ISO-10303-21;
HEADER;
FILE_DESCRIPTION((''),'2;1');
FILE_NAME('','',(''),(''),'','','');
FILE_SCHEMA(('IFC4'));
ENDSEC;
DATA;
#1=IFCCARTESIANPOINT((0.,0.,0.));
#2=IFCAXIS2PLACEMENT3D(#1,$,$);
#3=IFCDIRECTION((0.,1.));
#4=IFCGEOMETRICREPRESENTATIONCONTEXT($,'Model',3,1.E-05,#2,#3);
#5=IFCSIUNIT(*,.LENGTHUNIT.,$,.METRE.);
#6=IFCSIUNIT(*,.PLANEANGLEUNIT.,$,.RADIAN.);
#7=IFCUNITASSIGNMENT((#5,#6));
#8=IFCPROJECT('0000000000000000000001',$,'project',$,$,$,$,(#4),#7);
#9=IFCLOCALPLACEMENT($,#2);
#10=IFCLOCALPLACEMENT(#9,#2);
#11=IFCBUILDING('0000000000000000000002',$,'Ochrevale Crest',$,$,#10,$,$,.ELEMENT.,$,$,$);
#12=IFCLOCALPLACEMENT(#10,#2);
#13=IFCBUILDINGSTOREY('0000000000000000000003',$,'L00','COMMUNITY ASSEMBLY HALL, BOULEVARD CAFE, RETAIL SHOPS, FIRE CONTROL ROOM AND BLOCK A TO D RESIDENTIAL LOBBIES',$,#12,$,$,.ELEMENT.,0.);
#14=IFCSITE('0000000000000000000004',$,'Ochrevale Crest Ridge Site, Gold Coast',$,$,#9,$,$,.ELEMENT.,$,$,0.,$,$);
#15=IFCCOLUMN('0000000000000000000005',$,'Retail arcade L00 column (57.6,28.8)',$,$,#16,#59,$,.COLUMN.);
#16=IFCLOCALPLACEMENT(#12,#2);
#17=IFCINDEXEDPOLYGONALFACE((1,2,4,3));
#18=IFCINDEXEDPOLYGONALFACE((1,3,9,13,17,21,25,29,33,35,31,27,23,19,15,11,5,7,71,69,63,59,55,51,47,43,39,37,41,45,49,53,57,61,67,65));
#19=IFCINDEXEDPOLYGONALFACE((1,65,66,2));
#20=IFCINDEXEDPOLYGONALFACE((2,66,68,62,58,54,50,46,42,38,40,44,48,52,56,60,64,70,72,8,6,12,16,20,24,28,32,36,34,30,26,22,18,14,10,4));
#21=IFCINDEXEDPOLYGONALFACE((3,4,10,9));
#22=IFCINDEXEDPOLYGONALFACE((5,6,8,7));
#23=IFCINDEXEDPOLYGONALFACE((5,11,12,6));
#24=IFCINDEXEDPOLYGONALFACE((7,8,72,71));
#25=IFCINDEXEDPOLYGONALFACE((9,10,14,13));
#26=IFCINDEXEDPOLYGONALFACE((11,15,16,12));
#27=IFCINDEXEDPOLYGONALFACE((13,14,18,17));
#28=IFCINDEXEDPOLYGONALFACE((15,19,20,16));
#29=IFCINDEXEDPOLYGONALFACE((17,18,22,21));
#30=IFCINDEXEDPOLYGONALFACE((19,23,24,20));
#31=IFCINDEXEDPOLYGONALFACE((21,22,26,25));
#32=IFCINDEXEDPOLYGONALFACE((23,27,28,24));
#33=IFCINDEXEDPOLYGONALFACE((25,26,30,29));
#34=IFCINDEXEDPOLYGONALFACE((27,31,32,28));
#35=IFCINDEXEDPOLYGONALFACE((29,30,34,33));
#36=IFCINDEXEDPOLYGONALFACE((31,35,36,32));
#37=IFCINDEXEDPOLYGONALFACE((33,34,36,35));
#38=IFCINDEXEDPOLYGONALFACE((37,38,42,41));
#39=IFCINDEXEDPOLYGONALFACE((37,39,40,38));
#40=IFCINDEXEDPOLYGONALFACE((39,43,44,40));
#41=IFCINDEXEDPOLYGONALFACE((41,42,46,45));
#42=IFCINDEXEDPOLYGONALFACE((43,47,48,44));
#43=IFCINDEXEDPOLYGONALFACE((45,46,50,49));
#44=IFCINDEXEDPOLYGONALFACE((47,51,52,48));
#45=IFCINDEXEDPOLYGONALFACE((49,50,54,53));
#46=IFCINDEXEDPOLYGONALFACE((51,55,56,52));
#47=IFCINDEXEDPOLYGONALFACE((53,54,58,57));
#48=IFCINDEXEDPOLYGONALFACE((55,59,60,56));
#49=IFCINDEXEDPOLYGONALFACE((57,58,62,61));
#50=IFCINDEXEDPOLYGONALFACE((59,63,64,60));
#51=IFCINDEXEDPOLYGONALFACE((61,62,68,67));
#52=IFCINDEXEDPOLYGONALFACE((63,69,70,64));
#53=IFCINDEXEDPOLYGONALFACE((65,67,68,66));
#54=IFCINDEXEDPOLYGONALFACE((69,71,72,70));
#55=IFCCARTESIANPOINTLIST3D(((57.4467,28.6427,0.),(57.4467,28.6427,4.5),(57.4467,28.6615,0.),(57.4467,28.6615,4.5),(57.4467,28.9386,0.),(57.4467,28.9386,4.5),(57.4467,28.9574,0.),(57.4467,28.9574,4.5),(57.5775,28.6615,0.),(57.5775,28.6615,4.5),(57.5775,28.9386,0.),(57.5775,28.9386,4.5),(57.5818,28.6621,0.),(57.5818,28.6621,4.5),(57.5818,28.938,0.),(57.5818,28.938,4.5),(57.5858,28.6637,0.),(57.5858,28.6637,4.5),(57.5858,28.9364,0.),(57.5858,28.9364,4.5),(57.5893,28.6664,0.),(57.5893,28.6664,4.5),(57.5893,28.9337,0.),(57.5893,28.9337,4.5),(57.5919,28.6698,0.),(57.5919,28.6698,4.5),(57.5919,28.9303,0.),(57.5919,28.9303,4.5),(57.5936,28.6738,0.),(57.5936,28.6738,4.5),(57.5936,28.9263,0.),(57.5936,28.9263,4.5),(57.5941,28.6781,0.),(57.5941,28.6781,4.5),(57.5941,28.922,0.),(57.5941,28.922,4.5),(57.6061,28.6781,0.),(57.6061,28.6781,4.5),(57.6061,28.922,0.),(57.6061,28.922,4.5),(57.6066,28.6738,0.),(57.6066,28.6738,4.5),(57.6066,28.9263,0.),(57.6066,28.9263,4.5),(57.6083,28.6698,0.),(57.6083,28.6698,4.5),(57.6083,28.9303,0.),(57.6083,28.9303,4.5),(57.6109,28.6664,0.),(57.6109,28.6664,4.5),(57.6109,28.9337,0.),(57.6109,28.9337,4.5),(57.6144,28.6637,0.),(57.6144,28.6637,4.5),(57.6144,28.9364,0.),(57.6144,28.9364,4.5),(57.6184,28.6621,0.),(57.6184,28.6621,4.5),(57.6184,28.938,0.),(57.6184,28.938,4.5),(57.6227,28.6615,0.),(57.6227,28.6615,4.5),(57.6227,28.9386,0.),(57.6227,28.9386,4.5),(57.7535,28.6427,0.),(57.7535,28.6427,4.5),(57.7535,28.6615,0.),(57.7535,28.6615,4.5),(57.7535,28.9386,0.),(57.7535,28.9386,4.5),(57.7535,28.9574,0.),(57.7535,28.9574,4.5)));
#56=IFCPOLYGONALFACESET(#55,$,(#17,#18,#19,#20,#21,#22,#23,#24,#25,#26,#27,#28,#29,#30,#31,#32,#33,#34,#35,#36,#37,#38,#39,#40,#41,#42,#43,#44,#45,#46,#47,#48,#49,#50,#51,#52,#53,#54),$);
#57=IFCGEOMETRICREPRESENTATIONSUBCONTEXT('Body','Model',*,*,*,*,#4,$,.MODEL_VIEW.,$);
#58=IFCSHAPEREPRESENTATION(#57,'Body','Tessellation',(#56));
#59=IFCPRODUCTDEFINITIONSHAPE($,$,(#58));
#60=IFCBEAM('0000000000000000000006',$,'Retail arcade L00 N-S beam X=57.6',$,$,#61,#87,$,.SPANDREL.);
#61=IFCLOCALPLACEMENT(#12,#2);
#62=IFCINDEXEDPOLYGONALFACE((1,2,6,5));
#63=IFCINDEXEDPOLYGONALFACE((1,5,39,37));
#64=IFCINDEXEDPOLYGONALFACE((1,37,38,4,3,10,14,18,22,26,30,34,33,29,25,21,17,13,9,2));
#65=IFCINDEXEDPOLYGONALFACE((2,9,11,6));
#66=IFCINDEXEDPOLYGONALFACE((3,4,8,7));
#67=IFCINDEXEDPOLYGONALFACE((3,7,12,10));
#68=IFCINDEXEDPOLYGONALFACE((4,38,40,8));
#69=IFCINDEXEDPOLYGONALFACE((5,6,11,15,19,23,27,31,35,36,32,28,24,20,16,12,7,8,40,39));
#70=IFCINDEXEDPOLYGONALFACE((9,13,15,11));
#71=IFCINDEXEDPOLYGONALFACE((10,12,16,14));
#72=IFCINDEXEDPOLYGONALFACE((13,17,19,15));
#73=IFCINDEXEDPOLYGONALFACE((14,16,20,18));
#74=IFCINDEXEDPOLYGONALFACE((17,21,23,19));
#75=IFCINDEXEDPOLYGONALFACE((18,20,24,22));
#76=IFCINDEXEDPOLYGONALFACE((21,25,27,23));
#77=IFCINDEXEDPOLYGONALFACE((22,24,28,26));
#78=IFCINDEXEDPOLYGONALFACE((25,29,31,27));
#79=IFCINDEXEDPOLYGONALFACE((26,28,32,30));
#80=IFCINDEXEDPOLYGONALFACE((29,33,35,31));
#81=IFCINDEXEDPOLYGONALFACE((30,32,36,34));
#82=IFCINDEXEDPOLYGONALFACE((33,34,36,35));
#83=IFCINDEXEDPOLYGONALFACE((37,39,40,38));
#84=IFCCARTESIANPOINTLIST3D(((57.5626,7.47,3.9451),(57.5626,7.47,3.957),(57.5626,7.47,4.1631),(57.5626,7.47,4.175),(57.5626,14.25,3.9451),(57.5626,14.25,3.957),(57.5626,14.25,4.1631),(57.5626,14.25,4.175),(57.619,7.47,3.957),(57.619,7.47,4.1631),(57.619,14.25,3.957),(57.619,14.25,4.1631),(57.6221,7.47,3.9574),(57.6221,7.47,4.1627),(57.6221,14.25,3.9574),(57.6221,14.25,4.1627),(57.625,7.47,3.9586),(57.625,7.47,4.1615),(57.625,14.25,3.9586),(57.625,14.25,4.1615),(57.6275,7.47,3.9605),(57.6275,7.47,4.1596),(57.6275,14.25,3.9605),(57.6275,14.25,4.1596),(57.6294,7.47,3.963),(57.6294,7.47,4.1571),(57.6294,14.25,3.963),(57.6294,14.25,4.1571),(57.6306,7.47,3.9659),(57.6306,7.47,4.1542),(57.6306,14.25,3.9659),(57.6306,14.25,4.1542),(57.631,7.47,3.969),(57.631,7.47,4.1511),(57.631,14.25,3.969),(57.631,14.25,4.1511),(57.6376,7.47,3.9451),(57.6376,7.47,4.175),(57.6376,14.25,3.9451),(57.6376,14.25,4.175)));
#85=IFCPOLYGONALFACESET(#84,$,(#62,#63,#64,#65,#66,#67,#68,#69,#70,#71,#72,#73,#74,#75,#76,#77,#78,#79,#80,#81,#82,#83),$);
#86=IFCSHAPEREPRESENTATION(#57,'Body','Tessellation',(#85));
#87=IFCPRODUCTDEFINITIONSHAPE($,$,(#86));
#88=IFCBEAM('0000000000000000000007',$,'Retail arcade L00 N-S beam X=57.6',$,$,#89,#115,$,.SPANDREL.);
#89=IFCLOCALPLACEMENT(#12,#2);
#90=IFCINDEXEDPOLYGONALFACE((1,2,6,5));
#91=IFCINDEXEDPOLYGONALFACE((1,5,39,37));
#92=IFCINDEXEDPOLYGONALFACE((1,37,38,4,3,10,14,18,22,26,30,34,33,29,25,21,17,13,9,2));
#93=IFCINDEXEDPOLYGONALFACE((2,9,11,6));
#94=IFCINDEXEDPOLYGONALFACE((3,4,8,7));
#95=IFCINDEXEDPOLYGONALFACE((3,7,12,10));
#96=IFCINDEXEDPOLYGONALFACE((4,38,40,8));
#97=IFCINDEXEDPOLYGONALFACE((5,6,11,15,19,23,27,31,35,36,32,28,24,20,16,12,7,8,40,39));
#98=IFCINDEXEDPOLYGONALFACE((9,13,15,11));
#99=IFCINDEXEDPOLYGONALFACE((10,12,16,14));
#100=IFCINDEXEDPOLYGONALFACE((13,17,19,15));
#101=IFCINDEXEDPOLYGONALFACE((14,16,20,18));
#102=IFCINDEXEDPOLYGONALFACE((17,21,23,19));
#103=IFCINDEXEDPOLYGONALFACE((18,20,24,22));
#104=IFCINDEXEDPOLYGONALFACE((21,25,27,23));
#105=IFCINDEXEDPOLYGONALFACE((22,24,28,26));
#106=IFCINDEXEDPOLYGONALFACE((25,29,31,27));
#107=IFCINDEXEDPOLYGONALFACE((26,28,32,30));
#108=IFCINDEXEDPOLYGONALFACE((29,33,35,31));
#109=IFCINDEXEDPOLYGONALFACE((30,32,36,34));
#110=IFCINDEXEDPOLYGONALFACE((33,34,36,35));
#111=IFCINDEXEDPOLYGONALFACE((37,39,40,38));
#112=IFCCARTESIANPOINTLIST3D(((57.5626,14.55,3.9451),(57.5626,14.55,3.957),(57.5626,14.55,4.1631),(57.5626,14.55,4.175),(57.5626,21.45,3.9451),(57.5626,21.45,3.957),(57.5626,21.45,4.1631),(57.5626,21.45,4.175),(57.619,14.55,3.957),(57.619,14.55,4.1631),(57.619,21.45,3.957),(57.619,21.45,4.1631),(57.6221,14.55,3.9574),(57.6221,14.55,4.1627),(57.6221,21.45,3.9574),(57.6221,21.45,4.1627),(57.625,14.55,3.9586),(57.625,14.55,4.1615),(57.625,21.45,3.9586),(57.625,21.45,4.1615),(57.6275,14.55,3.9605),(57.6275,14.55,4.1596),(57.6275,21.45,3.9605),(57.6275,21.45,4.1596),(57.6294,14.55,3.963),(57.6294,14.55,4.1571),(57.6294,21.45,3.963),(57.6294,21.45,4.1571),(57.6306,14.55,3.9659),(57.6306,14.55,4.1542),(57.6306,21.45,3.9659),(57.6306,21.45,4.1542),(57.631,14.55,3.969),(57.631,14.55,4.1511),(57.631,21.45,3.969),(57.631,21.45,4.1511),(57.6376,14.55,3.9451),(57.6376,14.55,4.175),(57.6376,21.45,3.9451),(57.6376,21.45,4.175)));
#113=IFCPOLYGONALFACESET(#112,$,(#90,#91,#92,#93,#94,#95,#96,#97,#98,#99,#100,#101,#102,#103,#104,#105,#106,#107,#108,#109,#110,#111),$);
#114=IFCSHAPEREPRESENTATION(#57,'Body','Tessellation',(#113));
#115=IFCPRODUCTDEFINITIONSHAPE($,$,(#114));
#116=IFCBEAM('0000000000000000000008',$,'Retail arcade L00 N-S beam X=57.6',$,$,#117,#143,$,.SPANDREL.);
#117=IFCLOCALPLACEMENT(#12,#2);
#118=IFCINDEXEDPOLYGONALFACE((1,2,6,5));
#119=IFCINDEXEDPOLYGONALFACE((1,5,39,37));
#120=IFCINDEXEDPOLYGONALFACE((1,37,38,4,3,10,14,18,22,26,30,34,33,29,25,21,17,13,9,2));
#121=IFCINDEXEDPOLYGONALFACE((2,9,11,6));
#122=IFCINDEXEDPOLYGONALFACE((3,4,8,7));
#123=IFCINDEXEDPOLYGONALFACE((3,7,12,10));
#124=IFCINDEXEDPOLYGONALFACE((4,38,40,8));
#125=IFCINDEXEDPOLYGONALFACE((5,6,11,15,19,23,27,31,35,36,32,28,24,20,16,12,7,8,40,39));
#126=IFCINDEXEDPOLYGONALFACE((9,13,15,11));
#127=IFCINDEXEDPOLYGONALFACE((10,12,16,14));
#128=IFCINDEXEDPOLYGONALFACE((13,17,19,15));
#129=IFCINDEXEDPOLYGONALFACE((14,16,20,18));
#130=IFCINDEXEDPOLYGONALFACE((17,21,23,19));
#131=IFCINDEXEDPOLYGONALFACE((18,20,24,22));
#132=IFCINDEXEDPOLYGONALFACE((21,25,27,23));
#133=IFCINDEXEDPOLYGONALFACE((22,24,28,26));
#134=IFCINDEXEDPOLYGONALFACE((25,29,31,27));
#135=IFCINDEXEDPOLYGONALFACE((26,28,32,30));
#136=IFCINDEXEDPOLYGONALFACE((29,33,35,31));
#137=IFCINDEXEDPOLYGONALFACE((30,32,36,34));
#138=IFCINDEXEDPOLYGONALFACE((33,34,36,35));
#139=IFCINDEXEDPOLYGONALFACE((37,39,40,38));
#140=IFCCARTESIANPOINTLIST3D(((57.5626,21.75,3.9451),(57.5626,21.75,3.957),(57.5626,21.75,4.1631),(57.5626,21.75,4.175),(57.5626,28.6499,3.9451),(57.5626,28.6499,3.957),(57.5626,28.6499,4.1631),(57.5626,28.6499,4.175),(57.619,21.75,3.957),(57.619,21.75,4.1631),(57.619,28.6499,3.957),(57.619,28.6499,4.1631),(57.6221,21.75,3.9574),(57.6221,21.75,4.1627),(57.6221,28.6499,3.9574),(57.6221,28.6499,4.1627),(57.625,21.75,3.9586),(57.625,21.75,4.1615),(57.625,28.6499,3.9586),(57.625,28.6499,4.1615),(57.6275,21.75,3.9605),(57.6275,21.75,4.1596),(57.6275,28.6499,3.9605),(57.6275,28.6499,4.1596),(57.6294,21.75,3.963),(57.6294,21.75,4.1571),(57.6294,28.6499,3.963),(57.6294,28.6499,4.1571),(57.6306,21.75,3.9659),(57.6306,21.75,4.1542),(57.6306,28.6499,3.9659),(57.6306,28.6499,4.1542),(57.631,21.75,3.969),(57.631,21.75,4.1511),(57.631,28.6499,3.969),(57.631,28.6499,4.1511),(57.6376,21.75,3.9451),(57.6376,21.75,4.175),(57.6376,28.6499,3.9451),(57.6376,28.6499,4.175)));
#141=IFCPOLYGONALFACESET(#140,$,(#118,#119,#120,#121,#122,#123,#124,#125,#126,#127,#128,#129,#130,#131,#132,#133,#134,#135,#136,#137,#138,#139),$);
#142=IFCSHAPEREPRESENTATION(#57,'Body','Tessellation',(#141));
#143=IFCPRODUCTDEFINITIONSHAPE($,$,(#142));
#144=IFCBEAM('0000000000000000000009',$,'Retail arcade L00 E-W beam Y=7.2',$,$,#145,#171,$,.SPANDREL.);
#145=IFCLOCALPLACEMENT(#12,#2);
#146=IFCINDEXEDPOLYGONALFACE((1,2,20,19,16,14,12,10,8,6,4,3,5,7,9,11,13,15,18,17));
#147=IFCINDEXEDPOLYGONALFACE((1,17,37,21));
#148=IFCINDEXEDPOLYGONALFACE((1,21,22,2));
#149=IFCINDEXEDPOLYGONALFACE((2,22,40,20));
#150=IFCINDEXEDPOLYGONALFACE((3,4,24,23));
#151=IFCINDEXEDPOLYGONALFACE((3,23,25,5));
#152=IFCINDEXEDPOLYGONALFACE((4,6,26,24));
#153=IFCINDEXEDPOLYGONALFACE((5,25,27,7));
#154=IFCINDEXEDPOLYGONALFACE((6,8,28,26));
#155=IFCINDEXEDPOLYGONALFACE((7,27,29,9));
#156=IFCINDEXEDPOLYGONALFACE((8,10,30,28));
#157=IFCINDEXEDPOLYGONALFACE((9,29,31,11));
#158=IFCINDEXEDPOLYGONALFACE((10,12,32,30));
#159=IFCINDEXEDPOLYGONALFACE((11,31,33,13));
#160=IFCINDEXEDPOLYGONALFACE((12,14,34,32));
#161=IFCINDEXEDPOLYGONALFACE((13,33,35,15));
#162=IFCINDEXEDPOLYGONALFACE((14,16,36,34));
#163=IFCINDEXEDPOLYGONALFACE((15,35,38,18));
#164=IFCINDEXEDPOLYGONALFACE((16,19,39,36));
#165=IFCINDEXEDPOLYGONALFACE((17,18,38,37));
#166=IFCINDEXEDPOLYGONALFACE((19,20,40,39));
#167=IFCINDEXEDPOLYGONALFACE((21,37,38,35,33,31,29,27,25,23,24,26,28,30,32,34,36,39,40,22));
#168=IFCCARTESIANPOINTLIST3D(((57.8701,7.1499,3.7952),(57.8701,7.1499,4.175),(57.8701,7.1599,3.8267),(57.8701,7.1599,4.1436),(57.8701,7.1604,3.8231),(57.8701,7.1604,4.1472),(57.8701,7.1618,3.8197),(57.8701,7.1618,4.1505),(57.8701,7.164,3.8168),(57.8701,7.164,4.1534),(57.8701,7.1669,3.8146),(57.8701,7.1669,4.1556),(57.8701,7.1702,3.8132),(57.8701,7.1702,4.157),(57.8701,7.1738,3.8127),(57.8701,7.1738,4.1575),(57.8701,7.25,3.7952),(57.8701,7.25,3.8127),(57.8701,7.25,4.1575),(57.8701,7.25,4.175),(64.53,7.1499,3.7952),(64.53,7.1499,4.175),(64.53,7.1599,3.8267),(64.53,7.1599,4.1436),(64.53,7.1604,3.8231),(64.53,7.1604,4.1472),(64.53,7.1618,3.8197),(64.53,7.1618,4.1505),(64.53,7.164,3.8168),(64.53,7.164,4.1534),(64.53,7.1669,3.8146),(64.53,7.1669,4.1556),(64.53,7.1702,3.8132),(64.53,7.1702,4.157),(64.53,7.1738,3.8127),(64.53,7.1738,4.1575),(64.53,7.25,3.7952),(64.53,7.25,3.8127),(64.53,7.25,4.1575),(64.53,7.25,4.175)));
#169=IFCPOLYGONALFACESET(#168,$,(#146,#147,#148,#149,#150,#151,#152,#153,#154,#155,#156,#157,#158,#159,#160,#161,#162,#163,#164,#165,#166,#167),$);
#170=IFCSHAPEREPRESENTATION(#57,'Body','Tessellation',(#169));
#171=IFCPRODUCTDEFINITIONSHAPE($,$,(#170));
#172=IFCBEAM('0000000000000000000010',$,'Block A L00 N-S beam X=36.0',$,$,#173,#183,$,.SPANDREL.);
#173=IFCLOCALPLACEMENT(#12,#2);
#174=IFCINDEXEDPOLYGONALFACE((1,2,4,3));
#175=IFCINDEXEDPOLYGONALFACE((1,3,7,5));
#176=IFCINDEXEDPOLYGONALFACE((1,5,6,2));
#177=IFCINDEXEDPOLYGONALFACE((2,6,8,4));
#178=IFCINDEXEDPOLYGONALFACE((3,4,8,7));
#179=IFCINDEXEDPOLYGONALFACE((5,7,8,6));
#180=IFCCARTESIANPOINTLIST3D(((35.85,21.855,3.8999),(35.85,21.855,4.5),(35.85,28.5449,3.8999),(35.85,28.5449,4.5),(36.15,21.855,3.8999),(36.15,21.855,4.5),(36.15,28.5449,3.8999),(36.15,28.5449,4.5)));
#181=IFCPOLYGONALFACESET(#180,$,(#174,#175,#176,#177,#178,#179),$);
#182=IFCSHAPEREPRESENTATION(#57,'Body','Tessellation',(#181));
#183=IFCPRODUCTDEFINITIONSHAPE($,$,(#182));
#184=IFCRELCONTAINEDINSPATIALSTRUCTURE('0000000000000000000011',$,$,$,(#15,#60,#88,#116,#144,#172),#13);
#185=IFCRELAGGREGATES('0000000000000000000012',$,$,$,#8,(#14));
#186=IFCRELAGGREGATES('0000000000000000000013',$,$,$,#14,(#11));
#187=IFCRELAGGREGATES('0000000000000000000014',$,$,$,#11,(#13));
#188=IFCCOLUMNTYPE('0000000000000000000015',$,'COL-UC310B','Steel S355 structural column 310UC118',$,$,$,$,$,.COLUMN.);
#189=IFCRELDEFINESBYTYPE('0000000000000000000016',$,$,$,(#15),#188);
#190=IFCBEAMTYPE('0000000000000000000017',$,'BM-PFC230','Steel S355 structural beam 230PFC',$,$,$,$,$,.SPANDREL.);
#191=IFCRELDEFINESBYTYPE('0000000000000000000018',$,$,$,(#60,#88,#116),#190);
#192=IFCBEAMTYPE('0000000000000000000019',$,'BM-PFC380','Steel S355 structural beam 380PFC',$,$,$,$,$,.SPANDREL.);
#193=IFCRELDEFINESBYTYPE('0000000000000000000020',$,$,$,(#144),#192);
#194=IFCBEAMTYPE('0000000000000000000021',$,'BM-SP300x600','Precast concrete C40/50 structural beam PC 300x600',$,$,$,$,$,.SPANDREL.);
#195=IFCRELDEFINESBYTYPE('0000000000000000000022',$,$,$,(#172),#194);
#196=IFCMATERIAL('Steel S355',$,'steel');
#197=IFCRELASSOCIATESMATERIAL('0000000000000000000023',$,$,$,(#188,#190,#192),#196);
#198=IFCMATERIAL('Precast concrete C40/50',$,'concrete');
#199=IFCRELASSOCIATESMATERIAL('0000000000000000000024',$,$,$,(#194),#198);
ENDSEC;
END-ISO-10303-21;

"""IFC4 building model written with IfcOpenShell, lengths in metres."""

from ifc_helpers import new_model, si_unit, direction, frame, origin, origin_2d, place, context, subcontext, project, spatial, rectangle, i_section, u_section, extrude, material, material_profile, profile_set, type_object, element, save


model = new_model("IFC4")

# Units and contexts
model_context = context("Model", 3, precision=1e-05, world=origin(), true_north=direction((0.0, 1.0)))
body_context = subcontext(model_context, "Body", "Model", "MODEL_VIEW")
ifc_project = project(units=[si_unit("LENGTHUNIT", "METRE"), si_unit("PLANEANGLEUNIT", "RADIAN")], contexts=[model_context])

# Site, building, storey
site_placement = place(None, origin())
site = spatial("IfcSite", under=ifc_project, at=site_placement, Name="Ochrevale Crest Ridge Site, Gold Coast", CompositionType="ELEMENT", RefElevation=0.0)
building_placement = place(site_placement, origin())
building = spatial("IfcBuilding", under=site, at=building_placement, Name="Ochrevale Crest", CompositionType="ELEMENT")
storey_placement = place(building_placement, origin())
storey = spatial("IfcBuildingStorey", under=building, at=storey_placement, Name="L00", Description="COMMUNITY ASSEMBLY HALL, BOULEVARD CAFE, RETAIL SHOPS, FIRE CONTROL ROOM AND BLOCK A TO D RESIDENTIAL LOBBIES", CompositionType="ELEMENT", Elevation=0.0)

# Column
ifc_material_1 = material(Name="Steel S355", Category="steel")
ifc_material_profile_1 = material_profile(ifc_material_1, i_section(OverallWidth=0.3069, OverallDepth=0.3147, WebThickness=0.012, FlangeThickness=0.0188, FilletRadius=0.0166, at=origin_2d()), Name="310UC118")
ifc_profile_set_1 = profile_set([ifc_material_profile_1], Name="Steel S355")
column_type_1 = type_object("IfcColumnType", Name="COL-UC310B", Description="Steel S355 structural column 310UC118", PredefinedType="COLUMN", material=ifc_profile_set_1)
for number, where, z_axis, x_axis, name in (
    (1, (57.6001, 28.8, 0.0), (0.0, 0.0, 1.0), (1.0, 0.0, 0.0), "Retail arcade L00 column (57.6,28.8)"),
):
    element("IfcColumn", number, at=place(storey_placement, frame(where, z_axis=z_axis, x_axis=x_axis)), inside=storey, type_object=column_type_1, Name=name, PredefinedType="COLUMN", context=body_context, shape_type="SweptSolid", body=[
        extrude(i_section(OverallWidth=0.3069, OverallDepth=0.3147, WebThickness=0.012, FlangeThickness=0.0188, FilletRadius=0.0166, at=origin_2d()), origin(), (0.0, 0.0, 1.0), 4.5),
    ])

# Beams
ifc_material_profile_2 = material_profile(ifc_material_1, u_section(Depth=0.23, FlangeWidth=0.075, WebThickness=0.0066, FlangeThickness=0.012, FilletRadius=0.012, at=origin_2d()), Name="230PFC")
ifc_profile_set_2 = profile_set([ifc_material_profile_2], Name="Steel S355")
beam_type_1 = type_object("IfcBeamType", Name="BM-PFC230", Description="Steel S355 structural beam 230PFC", PredefinedType="SPANDREL", material=ifc_profile_set_2)
beam_1_placement = place(storey_placement, frame((57.6001, 7.47, 4.0601), z_axis=(0.0, 1.0, 0.0), x_axis=(-1.0, 0.0, 0.0)))
element("IfcBeam", 2, at=beam_1_placement, inside=storey, type_object=beam_type_1, Name="Retail arcade L00 N-S beam X=57.6", PredefinedType="SPANDREL", context=body_context, shape_type="SweptSolid", body=[
    extrude(u_section(Depth=0.23, FlangeWidth=0.075, WebThickness=0.0066, FlangeThickness=0.012, FilletRadius=0.012, at=origin_2d()), origin(), (0.0, 0.0, 1.0), 6.78),
])
for number, where, z_axis, x_axis, name in (
    (3, (57.6001, 14.55, 4.0601), (0.0, 1.0, 0.0), (-1.0, 0.0, 0.0), "Retail arcade L00 N-S beam X=57.6"),
    (4, (57.6001, 21.75, 4.0601), (0.0, 1.0, 0.0), (-1.0, 0.0, 0.0), "Retail arcade L00 N-S beam X=57.6"),
):
    element("IfcBeam", number, at=place(storey_placement, frame(where, z_axis=z_axis, x_axis=x_axis)), inside=storey, type_object=beam_type_1, Name=name, PredefinedType="SPANDREL", context=body_context, shape_type="SweptSolid", body=[
        extrude(u_section(Depth=0.23, FlangeWidth=0.075, WebThickness=0.0066, FlangeThickness=0.012, FilletRadius=0.012, at=origin_2d()), origin(), (0.0, 0.0, 1.0), 6.8999),
    ])
ifc_material_profile_3 = material_profile(ifc_material_1, u_section(Depth=0.3799, FlangeWidth=0.1001, WebThickness=0.01, FlangeThickness=0.0176, FilletRadius=0.0139, at=origin_2d()), Name="380PFC")
ifc_profile_set_3 = profile_set([ifc_material_profile_3], Name="Steel S355")
beam_type_2 = type_object("IfcBeamType", Name="BM-PFC380", Description="Steel S355 structural beam 380PFC", PredefinedType="SPANDREL", material=ifc_profile_set_3)
beam_2_placement = place(storey_placement, frame((57.8701, 7.2, 3.9851), z_axis=(1.0, 0.0, 0.0), x_axis=(0.0, 1.0, 0.0)))
element("IfcBeam", 5, at=beam_2_placement, inside=storey, type_object=beam_type_2, Name="Retail arcade L00 E-W beam Y=7.2", PredefinedType="SPANDREL", context=body_context, shape_type="SweptSolid", body=[
    extrude(u_section(Depth=0.3799, FlangeWidth=0.1001, WebThickness=0.01, FlangeThickness=0.0176, FilletRadius=0.0139, at=origin_2d()), origin(), (0.0, 0.0, 1.0), 6.6599),
])
ifc_material_2 = material(Name="Precast concrete C40/50", Category="concrete")
ifc_material_profile_4 = material_profile(ifc_material_2, rectangle(XDim=0.3, YDim=0.6001, at=origin_2d()), Name="PC 300x600")
ifc_profile_set_4 = profile_set([ifc_material_profile_4], Name="Precast concrete C40/50")
beam_type_3 = type_object("IfcBeamType", Name="BM-SP300x600", Description="Precast concrete C40/50 structural beam PC 300x600", PredefinedType="SPANDREL", material=ifc_profile_set_4)
beam_3_placement = place(storey_placement, frame((36.0, 21.855, 4.2), z_axis=(0.0, 1.0, 0.0), x_axis=(-1.0, 0.0, 0.0)))
element("IfcBeam", 6, at=beam_3_placement, inside=storey, type_object=beam_type_3, Name="Block A L00 N-S beam X=36.0", PredefinedType="SPANDREL", context=body_context, shape_type="SweptSolid", body=[
    extrude(rectangle(XDim=0.3, YDim=0.6001, at=origin_2d()), origin(), (0.0, 0.0, 1.0), 6.6899),
])

save(model, "model.ifc")
